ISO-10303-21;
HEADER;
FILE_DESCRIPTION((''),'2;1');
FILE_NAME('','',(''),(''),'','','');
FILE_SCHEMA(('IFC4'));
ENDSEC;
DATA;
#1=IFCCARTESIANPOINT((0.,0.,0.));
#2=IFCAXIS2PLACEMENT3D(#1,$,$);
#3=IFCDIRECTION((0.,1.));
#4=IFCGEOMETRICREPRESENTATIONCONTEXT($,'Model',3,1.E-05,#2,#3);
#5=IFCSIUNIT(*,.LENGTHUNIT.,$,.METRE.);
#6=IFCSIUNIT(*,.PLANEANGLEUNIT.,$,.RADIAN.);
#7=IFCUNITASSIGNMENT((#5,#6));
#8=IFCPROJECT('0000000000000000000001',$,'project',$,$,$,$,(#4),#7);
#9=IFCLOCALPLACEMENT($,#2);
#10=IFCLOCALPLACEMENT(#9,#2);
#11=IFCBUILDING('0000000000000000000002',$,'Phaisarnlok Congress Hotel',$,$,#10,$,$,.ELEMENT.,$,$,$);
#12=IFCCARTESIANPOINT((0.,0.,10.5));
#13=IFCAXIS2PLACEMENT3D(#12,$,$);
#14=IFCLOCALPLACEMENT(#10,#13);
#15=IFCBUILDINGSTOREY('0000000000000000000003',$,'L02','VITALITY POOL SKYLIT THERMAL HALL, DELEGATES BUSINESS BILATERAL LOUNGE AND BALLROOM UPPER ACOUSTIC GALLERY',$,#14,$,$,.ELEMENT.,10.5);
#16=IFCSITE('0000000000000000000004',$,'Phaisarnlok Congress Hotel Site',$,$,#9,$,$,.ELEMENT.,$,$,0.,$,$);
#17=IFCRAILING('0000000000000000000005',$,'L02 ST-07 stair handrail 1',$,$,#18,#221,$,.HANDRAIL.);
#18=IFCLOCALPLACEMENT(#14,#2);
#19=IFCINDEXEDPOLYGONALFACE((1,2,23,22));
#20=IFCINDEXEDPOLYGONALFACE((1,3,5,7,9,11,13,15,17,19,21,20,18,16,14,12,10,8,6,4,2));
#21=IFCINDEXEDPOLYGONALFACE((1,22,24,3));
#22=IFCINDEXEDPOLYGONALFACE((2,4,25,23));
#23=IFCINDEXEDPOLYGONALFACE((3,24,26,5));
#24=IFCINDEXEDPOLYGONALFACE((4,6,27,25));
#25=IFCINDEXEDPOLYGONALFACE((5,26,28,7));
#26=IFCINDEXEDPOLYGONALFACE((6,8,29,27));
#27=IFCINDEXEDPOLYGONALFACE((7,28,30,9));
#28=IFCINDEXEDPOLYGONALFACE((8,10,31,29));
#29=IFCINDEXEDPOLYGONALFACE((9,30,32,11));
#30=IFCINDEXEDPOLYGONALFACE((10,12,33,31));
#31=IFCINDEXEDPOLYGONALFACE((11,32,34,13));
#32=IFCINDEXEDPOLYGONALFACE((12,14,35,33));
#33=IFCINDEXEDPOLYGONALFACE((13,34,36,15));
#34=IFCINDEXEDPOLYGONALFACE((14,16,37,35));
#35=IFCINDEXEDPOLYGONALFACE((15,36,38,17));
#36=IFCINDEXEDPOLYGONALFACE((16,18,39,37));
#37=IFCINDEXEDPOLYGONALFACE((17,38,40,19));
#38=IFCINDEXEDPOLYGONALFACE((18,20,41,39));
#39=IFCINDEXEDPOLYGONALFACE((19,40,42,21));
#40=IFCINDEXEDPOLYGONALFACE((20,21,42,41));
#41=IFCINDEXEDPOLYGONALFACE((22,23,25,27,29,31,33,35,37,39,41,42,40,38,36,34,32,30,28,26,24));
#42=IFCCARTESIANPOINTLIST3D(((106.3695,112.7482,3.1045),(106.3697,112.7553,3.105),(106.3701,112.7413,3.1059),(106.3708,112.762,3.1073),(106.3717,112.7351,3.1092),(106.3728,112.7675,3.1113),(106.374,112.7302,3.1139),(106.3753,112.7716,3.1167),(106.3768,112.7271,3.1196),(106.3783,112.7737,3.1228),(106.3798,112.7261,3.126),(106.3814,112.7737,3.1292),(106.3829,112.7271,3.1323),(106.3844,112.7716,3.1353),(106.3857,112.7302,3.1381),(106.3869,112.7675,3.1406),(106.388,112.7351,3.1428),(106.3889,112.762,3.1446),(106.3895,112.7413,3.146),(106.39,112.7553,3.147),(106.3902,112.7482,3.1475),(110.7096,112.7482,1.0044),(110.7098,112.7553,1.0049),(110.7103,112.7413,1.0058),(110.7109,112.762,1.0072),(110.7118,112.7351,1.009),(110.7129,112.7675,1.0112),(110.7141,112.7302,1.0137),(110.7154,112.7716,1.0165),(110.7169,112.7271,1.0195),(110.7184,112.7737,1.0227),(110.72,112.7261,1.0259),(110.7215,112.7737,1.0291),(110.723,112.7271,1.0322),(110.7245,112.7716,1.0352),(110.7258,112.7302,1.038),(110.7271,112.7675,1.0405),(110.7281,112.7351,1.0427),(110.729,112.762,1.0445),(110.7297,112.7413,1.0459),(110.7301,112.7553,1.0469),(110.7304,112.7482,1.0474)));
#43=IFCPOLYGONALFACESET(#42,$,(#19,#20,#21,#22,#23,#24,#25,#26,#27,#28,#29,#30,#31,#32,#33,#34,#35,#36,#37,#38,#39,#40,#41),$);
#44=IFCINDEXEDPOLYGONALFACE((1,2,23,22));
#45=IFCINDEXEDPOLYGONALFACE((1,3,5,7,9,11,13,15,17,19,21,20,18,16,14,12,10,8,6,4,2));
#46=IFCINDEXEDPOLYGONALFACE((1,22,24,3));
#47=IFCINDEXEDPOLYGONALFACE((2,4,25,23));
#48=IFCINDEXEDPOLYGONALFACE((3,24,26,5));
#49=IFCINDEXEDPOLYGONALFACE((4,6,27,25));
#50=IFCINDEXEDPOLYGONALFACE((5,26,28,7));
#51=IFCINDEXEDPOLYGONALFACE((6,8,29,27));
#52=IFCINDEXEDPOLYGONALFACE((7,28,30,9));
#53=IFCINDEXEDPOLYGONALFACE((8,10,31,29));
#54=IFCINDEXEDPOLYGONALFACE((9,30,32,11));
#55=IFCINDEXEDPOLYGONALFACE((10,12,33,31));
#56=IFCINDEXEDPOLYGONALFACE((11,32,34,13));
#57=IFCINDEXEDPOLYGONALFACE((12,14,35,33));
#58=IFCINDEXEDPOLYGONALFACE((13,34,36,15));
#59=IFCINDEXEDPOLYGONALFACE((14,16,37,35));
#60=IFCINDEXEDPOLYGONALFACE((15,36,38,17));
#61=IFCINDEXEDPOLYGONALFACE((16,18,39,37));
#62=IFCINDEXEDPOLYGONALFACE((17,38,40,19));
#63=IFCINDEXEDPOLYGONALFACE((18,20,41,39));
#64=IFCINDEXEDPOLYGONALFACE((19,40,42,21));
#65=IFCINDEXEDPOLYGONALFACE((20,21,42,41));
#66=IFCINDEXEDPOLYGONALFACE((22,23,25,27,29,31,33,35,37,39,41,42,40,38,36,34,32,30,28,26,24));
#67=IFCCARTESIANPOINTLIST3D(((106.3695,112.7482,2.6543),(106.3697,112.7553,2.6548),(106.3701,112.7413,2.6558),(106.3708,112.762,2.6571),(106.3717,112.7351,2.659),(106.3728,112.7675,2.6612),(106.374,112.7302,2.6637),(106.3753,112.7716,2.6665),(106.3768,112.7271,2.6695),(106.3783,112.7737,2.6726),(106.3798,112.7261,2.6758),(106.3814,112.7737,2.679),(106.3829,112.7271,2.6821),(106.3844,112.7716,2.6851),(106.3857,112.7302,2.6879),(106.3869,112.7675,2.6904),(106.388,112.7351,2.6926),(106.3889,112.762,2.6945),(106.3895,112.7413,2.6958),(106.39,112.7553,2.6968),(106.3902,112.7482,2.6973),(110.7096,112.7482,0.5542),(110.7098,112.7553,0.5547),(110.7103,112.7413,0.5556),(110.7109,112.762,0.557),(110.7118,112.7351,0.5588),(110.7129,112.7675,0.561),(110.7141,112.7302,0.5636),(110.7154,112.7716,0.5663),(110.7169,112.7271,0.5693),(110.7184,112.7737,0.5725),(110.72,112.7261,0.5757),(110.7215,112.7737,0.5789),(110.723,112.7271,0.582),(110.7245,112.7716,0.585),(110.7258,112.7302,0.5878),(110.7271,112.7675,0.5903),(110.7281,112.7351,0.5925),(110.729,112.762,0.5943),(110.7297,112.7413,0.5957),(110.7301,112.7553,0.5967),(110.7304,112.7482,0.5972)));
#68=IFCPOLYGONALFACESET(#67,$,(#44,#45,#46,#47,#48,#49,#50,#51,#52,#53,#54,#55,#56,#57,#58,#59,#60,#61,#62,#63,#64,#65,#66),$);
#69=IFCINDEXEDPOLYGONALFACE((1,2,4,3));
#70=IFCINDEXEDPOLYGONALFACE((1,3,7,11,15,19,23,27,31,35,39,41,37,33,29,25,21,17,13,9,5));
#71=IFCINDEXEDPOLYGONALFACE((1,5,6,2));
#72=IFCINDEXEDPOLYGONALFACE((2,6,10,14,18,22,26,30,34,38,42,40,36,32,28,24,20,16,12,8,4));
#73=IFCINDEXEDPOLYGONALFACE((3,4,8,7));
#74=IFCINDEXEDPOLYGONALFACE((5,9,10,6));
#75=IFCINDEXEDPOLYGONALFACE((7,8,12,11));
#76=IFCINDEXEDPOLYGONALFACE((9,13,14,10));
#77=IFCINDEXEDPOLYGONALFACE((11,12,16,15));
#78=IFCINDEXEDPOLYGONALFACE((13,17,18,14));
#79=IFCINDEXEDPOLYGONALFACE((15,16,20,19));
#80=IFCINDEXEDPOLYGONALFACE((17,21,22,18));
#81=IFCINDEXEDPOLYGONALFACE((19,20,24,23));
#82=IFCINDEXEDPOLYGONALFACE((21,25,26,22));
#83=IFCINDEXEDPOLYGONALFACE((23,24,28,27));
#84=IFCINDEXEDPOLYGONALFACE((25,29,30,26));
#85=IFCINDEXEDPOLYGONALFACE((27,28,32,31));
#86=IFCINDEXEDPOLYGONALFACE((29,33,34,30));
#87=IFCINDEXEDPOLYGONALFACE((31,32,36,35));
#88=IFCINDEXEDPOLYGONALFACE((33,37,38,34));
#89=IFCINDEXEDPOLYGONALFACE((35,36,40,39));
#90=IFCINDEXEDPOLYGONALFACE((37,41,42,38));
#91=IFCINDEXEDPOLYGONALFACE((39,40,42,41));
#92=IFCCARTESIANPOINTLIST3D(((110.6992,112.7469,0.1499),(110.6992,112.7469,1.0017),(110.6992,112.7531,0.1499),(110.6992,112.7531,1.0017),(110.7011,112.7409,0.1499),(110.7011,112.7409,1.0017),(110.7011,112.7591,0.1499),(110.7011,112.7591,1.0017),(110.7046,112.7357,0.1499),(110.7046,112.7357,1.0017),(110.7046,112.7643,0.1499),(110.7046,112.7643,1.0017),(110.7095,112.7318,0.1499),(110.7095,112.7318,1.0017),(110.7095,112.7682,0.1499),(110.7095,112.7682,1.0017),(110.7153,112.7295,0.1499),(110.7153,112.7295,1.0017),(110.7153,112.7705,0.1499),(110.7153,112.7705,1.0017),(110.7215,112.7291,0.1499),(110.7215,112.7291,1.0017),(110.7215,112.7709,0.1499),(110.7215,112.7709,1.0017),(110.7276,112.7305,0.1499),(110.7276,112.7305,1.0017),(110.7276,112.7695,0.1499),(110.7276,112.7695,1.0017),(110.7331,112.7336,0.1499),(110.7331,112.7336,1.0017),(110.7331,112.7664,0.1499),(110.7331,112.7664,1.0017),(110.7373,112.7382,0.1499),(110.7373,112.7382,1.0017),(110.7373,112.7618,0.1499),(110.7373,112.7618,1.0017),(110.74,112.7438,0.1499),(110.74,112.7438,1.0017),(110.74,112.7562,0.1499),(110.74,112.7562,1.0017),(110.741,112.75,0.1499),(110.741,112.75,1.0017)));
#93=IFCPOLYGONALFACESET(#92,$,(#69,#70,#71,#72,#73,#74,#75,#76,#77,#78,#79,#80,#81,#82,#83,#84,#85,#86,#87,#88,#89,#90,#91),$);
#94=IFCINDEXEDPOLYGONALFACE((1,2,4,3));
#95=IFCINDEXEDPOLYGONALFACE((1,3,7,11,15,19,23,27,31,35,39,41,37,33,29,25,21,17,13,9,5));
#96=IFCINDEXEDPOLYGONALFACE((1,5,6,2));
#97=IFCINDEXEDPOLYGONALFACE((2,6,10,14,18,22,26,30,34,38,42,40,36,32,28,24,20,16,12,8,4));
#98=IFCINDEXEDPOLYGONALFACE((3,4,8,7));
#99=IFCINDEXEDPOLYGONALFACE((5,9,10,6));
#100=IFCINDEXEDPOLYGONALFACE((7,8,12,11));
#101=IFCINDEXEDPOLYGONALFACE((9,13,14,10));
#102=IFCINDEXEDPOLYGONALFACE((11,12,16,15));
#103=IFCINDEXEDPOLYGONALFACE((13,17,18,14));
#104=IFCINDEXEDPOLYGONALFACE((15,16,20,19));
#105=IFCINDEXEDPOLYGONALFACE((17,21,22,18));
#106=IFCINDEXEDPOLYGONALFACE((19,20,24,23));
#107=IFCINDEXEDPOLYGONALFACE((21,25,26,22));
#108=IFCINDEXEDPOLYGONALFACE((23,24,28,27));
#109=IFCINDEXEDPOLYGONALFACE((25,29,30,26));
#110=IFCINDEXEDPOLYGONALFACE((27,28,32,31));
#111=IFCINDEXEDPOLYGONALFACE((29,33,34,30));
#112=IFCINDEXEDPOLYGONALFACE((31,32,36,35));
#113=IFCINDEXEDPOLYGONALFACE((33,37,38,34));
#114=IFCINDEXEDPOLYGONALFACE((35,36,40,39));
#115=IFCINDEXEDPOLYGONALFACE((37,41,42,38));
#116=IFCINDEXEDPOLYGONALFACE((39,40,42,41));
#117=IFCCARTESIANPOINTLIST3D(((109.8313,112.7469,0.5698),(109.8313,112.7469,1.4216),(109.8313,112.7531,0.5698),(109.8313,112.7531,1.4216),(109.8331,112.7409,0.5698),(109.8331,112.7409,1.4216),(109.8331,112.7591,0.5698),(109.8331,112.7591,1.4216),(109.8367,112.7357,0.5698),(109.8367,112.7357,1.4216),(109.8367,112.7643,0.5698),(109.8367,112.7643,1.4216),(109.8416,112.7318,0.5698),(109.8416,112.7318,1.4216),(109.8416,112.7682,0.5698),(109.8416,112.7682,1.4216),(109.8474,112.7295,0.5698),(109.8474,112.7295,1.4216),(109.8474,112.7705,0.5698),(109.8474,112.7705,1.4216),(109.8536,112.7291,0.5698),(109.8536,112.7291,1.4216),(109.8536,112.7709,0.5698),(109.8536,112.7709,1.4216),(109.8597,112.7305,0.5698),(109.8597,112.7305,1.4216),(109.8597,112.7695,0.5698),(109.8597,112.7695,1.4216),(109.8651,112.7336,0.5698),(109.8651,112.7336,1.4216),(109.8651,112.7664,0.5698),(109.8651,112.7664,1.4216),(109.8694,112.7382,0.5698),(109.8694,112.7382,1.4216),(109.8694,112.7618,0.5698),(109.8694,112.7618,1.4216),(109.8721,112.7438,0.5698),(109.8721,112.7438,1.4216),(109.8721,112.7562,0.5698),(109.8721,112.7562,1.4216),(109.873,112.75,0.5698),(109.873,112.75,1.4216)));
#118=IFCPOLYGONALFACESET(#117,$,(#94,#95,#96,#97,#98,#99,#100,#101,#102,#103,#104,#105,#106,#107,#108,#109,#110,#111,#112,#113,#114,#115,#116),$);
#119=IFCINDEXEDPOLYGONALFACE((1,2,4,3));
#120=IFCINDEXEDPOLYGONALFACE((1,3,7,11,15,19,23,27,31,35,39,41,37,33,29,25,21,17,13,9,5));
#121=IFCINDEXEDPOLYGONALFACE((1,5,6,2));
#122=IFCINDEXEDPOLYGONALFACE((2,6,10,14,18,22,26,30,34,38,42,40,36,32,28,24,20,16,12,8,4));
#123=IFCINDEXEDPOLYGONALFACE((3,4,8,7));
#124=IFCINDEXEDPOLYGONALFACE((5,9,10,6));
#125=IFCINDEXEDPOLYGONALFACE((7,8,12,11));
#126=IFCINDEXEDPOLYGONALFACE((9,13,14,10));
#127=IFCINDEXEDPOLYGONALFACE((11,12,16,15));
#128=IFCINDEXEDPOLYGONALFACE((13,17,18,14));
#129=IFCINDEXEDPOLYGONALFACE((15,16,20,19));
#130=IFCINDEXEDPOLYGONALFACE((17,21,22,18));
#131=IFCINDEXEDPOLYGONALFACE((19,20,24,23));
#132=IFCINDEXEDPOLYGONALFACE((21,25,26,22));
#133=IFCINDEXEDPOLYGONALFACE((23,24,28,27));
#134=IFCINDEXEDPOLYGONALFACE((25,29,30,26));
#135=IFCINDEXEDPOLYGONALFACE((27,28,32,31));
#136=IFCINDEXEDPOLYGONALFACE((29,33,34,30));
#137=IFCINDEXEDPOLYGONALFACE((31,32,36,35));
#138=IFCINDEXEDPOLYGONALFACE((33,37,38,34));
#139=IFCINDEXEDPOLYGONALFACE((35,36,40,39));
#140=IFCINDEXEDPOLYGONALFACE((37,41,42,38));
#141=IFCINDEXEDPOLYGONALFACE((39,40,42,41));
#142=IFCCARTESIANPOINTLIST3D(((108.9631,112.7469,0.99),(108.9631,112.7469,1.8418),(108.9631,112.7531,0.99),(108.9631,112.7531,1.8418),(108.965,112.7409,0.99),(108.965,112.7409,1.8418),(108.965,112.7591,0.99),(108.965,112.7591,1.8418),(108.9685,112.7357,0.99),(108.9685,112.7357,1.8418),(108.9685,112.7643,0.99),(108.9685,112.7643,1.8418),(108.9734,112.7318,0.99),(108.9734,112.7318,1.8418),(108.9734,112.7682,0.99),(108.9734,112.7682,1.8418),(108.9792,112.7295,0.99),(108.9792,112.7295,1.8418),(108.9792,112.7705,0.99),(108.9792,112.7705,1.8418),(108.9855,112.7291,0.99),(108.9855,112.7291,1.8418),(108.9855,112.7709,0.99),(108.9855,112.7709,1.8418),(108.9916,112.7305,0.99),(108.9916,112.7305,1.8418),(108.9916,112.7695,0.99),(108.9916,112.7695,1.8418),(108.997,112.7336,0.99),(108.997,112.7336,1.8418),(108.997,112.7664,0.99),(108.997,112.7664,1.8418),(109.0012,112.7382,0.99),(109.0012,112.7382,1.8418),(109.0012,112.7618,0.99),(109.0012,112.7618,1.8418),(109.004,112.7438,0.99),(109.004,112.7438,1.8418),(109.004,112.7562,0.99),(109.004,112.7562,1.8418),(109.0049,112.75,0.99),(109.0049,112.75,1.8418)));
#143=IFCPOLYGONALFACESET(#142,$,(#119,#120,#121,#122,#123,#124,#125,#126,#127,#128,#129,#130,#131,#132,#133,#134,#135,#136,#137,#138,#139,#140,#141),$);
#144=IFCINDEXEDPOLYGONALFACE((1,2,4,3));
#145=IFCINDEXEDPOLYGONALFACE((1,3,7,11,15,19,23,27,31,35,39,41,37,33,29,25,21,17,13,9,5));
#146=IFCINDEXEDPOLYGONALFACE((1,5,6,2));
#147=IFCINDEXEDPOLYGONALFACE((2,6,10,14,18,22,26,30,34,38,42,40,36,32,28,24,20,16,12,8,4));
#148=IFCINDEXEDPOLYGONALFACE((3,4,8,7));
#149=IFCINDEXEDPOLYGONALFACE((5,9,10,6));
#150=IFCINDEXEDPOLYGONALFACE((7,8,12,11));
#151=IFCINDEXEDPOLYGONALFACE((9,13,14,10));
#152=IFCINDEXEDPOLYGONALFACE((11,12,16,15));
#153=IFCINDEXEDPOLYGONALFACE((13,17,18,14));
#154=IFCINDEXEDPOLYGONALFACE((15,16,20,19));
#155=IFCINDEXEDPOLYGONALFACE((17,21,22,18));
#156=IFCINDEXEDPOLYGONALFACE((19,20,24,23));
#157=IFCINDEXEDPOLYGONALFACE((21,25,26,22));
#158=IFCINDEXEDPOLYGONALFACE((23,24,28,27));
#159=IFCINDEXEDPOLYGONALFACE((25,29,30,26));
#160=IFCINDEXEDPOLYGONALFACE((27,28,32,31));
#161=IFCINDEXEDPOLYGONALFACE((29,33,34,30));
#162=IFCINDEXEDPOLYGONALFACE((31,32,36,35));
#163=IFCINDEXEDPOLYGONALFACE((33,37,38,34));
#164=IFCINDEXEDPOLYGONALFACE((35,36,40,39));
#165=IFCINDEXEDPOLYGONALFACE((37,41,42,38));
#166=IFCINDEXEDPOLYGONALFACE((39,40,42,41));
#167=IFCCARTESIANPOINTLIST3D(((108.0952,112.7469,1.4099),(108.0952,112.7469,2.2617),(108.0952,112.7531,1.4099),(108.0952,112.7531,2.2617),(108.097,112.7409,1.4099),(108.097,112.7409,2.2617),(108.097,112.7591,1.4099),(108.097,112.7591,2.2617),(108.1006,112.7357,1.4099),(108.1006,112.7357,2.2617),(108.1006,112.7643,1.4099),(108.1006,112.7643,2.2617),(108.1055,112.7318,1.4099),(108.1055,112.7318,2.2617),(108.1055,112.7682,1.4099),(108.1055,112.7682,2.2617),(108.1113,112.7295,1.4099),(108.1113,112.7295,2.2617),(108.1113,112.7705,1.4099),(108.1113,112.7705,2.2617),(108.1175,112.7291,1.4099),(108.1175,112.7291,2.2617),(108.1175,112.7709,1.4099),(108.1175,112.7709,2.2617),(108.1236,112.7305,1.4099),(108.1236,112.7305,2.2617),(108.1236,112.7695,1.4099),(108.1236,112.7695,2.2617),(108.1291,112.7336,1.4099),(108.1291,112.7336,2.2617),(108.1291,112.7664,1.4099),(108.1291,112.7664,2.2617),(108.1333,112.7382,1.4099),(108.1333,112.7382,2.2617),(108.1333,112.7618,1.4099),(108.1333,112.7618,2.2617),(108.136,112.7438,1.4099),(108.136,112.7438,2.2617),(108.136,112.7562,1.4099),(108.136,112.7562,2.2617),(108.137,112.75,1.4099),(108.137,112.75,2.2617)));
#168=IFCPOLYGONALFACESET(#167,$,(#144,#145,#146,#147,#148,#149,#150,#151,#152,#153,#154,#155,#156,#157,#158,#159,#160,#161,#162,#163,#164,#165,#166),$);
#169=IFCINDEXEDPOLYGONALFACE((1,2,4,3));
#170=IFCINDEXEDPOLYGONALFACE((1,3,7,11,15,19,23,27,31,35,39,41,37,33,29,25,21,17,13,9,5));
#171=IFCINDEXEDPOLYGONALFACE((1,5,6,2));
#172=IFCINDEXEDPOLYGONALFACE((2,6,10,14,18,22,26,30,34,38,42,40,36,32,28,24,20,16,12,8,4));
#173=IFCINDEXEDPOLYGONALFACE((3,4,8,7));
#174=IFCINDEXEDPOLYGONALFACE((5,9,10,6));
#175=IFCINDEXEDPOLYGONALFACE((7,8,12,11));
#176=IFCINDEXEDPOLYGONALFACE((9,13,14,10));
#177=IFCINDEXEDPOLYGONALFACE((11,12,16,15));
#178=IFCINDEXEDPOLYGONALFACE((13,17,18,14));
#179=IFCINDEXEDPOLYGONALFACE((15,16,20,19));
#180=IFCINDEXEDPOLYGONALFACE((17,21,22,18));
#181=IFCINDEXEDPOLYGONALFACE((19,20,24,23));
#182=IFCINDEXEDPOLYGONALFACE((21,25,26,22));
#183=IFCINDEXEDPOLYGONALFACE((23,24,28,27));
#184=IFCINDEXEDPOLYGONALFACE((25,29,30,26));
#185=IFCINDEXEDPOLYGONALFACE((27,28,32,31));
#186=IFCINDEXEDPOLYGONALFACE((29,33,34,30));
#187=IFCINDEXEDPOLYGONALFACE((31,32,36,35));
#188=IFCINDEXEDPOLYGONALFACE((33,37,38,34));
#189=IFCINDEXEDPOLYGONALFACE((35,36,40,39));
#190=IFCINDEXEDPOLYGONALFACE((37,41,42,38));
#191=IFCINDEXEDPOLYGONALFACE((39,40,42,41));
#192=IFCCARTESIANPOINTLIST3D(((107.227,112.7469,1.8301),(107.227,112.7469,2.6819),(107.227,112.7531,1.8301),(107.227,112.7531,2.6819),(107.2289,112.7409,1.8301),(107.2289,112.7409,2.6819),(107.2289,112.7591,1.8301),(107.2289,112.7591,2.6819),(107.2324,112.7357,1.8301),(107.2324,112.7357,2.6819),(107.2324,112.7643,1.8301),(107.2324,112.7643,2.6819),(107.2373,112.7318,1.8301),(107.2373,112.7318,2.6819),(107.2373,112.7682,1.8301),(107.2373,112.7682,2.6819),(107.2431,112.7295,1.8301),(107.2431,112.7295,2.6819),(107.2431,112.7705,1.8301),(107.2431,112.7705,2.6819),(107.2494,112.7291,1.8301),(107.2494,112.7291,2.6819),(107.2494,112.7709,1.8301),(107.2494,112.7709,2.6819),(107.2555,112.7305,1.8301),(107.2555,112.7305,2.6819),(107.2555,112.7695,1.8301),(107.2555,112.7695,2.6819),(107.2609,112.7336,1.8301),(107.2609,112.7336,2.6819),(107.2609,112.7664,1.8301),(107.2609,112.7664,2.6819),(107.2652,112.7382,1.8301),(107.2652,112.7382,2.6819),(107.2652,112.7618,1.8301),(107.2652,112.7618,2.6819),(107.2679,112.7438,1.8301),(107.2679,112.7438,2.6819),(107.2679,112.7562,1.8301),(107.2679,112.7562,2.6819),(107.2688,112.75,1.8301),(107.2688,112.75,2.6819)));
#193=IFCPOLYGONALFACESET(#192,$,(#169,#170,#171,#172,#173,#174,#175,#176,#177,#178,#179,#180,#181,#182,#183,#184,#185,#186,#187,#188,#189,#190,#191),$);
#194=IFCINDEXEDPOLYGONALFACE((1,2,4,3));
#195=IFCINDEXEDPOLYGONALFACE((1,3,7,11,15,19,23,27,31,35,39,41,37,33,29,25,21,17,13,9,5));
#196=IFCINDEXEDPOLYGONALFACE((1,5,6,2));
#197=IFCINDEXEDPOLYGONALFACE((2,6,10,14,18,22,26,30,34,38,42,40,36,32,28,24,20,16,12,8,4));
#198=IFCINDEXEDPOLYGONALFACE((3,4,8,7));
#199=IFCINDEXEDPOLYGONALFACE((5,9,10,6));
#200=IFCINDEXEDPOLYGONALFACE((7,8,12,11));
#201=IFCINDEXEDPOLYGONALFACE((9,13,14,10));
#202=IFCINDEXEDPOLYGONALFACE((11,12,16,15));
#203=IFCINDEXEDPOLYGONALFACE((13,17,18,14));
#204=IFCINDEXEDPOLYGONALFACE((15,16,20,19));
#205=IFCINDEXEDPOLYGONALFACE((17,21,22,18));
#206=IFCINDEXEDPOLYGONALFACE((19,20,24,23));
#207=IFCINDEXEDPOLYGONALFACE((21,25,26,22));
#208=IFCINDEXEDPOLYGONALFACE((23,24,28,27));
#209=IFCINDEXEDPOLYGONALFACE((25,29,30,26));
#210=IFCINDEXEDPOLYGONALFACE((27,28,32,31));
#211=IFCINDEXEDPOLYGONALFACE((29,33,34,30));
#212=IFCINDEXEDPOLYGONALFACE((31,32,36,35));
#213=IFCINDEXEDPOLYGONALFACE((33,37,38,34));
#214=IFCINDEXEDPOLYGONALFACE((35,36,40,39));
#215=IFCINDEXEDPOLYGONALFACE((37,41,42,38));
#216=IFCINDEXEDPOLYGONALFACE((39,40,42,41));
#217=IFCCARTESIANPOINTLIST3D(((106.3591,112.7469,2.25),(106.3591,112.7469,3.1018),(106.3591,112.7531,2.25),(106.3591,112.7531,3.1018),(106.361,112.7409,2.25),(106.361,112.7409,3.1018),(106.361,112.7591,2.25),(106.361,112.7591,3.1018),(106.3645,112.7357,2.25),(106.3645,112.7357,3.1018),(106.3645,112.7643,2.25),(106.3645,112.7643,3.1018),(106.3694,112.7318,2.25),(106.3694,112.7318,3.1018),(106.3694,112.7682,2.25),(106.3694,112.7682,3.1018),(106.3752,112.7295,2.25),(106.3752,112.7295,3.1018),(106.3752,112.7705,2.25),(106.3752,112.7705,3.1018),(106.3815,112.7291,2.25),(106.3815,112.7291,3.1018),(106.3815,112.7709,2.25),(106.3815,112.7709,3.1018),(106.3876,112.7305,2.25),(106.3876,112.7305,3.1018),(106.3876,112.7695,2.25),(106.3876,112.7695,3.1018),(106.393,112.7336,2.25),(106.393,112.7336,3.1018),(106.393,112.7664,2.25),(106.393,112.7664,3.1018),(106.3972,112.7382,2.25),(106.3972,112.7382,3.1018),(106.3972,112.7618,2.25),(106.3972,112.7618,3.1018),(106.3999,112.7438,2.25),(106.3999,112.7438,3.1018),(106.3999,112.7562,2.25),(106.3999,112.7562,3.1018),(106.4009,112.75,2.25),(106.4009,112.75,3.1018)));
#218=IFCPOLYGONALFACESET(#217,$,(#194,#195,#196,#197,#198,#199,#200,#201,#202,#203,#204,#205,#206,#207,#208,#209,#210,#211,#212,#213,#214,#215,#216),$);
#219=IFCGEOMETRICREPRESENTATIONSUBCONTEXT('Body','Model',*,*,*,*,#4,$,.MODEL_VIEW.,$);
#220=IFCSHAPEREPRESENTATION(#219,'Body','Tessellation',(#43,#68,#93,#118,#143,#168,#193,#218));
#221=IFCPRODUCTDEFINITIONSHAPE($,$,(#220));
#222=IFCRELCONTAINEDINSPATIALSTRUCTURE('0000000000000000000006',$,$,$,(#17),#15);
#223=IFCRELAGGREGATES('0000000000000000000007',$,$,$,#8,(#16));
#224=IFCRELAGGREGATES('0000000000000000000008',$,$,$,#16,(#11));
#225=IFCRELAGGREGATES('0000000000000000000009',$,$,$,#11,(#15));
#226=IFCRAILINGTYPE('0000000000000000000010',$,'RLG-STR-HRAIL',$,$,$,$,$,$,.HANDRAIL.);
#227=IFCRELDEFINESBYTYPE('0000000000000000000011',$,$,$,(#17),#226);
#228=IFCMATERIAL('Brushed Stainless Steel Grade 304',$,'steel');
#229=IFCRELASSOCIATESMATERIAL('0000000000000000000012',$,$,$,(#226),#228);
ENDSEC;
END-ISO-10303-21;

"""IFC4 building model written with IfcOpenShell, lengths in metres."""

from ifc_helpers import new_model, si_unit, direction, frame, origin, origin_2d, place, context, subcontext, project, spatial, circle, extrude, material, type_object, element, save


model = new_model("IFC4")

# Units and contexts
model_context = context("Model", 3, precision=1e-05, world=origin(), true_north=direction((0.0, 1.0)))
body_context = subcontext(model_context, "Body", "Model", "MODEL_VIEW")
ifc_project = project(units=[si_unit("LENGTHUNIT", "METRE"), si_unit("PLANEANGLEUNIT", "RADIAN")], contexts=[model_context])

# Site, building, storey
site_placement = place(None, origin())
site = spatial("IfcSite", under=ifc_project, at=site_placement, Name="Phaisarnlok Congress Hotel Site", CompositionType="ELEMENT", RefElevation=0.0)
building_placement = place(site_placement, origin())
building = spatial("IfcBuilding", under=site, at=building_placement, Name="Phaisarnlok Congress Hotel", CompositionType="ELEMENT")
storey_placement = place(building_placement, frame((0.0, 0.0, 10.5)))
storey = spatial("IfcBuildingStorey", under=building, at=storey_placement, Name="L02", Description="VITALITY POOL SKYLIT THERMAL HALL, DELEGATES BUSINESS BILATERAL LOUNGE AND BALLROOM UPPER ACOUSTIC GALLERY", CompositionType="ELEMENT", Elevation=10.5)

# Shared definitions
ifc_material_1 = material(Name="Brushed Stainless Steel Grade 304", Category="steel")

# Railing
railing_type_1 = type_object("IfcRailingType", Name="RLG-STR-HRAIL", PredefinedType="HANDRAIL", material=ifc_material_1)
railing_1_placement = place(storey_placement, frame((110.72, 112.75, 0.1499)))
element("IfcRailing", 1, at=railing_1_placement, inside=storey, type_object=railing_type_1, Name="L02 ST-07 stair handrail 1", PredefinedType="HANDRAIL", context=body_context, shape_type="SweptSolid", body=[
    extrude(circle(Radius=0.0239, at=origin_2d()), frame((0.0, 0.0, 0.876), z_axis=(-0.900155, 0.0, 0.43557), x_axis=(0.0, -1.0, 0.0)), (0.0, 0.0, 1.0), 4.8215),
    extrude(circle(Radius=0.0239, at=origin_2d()), frame((0.0, 0.0, 0.4258), z_axis=(-0.900155, 0.0, 0.43557), x_axis=(0.0, -1.0, 0.0)), (0.0, 0.0, 1.0), 4.8215),
    extrude(circle(Radius=0.021, at=origin_2d()), origin(), (0.0, 0.0, 1.0), 0.8518),
    extrude(circle(Radius=0.021, at=origin_2d()), frame((-0.8679, 0.0, 0.4199)), (0.0, 0.0, 1.0), 0.8518),
    extrude(circle(Radius=0.021, at=origin_2d()), frame((-1.7361, 0.0, 0.8401)), (0.0, 0.0, 1.0), 0.8518),
    extrude(circle(Radius=0.021, at=origin_2d()), frame((-2.604, 0.0, 1.26)), (0.0, 0.0, 1.0), 0.8518),
    extrude(circle(Radius=0.021, at=origin_2d()), frame((-3.4722, 0.0, 1.6802)), (0.0, 0.0, 1.0), 0.8518),
    extrude(circle(Radius=0.021, at=origin_2d()), frame((-4.3401, 0.0, 2.1001)), (0.0, 0.0, 1.0), 0.8518),
])

save(model, "model.ifc")
